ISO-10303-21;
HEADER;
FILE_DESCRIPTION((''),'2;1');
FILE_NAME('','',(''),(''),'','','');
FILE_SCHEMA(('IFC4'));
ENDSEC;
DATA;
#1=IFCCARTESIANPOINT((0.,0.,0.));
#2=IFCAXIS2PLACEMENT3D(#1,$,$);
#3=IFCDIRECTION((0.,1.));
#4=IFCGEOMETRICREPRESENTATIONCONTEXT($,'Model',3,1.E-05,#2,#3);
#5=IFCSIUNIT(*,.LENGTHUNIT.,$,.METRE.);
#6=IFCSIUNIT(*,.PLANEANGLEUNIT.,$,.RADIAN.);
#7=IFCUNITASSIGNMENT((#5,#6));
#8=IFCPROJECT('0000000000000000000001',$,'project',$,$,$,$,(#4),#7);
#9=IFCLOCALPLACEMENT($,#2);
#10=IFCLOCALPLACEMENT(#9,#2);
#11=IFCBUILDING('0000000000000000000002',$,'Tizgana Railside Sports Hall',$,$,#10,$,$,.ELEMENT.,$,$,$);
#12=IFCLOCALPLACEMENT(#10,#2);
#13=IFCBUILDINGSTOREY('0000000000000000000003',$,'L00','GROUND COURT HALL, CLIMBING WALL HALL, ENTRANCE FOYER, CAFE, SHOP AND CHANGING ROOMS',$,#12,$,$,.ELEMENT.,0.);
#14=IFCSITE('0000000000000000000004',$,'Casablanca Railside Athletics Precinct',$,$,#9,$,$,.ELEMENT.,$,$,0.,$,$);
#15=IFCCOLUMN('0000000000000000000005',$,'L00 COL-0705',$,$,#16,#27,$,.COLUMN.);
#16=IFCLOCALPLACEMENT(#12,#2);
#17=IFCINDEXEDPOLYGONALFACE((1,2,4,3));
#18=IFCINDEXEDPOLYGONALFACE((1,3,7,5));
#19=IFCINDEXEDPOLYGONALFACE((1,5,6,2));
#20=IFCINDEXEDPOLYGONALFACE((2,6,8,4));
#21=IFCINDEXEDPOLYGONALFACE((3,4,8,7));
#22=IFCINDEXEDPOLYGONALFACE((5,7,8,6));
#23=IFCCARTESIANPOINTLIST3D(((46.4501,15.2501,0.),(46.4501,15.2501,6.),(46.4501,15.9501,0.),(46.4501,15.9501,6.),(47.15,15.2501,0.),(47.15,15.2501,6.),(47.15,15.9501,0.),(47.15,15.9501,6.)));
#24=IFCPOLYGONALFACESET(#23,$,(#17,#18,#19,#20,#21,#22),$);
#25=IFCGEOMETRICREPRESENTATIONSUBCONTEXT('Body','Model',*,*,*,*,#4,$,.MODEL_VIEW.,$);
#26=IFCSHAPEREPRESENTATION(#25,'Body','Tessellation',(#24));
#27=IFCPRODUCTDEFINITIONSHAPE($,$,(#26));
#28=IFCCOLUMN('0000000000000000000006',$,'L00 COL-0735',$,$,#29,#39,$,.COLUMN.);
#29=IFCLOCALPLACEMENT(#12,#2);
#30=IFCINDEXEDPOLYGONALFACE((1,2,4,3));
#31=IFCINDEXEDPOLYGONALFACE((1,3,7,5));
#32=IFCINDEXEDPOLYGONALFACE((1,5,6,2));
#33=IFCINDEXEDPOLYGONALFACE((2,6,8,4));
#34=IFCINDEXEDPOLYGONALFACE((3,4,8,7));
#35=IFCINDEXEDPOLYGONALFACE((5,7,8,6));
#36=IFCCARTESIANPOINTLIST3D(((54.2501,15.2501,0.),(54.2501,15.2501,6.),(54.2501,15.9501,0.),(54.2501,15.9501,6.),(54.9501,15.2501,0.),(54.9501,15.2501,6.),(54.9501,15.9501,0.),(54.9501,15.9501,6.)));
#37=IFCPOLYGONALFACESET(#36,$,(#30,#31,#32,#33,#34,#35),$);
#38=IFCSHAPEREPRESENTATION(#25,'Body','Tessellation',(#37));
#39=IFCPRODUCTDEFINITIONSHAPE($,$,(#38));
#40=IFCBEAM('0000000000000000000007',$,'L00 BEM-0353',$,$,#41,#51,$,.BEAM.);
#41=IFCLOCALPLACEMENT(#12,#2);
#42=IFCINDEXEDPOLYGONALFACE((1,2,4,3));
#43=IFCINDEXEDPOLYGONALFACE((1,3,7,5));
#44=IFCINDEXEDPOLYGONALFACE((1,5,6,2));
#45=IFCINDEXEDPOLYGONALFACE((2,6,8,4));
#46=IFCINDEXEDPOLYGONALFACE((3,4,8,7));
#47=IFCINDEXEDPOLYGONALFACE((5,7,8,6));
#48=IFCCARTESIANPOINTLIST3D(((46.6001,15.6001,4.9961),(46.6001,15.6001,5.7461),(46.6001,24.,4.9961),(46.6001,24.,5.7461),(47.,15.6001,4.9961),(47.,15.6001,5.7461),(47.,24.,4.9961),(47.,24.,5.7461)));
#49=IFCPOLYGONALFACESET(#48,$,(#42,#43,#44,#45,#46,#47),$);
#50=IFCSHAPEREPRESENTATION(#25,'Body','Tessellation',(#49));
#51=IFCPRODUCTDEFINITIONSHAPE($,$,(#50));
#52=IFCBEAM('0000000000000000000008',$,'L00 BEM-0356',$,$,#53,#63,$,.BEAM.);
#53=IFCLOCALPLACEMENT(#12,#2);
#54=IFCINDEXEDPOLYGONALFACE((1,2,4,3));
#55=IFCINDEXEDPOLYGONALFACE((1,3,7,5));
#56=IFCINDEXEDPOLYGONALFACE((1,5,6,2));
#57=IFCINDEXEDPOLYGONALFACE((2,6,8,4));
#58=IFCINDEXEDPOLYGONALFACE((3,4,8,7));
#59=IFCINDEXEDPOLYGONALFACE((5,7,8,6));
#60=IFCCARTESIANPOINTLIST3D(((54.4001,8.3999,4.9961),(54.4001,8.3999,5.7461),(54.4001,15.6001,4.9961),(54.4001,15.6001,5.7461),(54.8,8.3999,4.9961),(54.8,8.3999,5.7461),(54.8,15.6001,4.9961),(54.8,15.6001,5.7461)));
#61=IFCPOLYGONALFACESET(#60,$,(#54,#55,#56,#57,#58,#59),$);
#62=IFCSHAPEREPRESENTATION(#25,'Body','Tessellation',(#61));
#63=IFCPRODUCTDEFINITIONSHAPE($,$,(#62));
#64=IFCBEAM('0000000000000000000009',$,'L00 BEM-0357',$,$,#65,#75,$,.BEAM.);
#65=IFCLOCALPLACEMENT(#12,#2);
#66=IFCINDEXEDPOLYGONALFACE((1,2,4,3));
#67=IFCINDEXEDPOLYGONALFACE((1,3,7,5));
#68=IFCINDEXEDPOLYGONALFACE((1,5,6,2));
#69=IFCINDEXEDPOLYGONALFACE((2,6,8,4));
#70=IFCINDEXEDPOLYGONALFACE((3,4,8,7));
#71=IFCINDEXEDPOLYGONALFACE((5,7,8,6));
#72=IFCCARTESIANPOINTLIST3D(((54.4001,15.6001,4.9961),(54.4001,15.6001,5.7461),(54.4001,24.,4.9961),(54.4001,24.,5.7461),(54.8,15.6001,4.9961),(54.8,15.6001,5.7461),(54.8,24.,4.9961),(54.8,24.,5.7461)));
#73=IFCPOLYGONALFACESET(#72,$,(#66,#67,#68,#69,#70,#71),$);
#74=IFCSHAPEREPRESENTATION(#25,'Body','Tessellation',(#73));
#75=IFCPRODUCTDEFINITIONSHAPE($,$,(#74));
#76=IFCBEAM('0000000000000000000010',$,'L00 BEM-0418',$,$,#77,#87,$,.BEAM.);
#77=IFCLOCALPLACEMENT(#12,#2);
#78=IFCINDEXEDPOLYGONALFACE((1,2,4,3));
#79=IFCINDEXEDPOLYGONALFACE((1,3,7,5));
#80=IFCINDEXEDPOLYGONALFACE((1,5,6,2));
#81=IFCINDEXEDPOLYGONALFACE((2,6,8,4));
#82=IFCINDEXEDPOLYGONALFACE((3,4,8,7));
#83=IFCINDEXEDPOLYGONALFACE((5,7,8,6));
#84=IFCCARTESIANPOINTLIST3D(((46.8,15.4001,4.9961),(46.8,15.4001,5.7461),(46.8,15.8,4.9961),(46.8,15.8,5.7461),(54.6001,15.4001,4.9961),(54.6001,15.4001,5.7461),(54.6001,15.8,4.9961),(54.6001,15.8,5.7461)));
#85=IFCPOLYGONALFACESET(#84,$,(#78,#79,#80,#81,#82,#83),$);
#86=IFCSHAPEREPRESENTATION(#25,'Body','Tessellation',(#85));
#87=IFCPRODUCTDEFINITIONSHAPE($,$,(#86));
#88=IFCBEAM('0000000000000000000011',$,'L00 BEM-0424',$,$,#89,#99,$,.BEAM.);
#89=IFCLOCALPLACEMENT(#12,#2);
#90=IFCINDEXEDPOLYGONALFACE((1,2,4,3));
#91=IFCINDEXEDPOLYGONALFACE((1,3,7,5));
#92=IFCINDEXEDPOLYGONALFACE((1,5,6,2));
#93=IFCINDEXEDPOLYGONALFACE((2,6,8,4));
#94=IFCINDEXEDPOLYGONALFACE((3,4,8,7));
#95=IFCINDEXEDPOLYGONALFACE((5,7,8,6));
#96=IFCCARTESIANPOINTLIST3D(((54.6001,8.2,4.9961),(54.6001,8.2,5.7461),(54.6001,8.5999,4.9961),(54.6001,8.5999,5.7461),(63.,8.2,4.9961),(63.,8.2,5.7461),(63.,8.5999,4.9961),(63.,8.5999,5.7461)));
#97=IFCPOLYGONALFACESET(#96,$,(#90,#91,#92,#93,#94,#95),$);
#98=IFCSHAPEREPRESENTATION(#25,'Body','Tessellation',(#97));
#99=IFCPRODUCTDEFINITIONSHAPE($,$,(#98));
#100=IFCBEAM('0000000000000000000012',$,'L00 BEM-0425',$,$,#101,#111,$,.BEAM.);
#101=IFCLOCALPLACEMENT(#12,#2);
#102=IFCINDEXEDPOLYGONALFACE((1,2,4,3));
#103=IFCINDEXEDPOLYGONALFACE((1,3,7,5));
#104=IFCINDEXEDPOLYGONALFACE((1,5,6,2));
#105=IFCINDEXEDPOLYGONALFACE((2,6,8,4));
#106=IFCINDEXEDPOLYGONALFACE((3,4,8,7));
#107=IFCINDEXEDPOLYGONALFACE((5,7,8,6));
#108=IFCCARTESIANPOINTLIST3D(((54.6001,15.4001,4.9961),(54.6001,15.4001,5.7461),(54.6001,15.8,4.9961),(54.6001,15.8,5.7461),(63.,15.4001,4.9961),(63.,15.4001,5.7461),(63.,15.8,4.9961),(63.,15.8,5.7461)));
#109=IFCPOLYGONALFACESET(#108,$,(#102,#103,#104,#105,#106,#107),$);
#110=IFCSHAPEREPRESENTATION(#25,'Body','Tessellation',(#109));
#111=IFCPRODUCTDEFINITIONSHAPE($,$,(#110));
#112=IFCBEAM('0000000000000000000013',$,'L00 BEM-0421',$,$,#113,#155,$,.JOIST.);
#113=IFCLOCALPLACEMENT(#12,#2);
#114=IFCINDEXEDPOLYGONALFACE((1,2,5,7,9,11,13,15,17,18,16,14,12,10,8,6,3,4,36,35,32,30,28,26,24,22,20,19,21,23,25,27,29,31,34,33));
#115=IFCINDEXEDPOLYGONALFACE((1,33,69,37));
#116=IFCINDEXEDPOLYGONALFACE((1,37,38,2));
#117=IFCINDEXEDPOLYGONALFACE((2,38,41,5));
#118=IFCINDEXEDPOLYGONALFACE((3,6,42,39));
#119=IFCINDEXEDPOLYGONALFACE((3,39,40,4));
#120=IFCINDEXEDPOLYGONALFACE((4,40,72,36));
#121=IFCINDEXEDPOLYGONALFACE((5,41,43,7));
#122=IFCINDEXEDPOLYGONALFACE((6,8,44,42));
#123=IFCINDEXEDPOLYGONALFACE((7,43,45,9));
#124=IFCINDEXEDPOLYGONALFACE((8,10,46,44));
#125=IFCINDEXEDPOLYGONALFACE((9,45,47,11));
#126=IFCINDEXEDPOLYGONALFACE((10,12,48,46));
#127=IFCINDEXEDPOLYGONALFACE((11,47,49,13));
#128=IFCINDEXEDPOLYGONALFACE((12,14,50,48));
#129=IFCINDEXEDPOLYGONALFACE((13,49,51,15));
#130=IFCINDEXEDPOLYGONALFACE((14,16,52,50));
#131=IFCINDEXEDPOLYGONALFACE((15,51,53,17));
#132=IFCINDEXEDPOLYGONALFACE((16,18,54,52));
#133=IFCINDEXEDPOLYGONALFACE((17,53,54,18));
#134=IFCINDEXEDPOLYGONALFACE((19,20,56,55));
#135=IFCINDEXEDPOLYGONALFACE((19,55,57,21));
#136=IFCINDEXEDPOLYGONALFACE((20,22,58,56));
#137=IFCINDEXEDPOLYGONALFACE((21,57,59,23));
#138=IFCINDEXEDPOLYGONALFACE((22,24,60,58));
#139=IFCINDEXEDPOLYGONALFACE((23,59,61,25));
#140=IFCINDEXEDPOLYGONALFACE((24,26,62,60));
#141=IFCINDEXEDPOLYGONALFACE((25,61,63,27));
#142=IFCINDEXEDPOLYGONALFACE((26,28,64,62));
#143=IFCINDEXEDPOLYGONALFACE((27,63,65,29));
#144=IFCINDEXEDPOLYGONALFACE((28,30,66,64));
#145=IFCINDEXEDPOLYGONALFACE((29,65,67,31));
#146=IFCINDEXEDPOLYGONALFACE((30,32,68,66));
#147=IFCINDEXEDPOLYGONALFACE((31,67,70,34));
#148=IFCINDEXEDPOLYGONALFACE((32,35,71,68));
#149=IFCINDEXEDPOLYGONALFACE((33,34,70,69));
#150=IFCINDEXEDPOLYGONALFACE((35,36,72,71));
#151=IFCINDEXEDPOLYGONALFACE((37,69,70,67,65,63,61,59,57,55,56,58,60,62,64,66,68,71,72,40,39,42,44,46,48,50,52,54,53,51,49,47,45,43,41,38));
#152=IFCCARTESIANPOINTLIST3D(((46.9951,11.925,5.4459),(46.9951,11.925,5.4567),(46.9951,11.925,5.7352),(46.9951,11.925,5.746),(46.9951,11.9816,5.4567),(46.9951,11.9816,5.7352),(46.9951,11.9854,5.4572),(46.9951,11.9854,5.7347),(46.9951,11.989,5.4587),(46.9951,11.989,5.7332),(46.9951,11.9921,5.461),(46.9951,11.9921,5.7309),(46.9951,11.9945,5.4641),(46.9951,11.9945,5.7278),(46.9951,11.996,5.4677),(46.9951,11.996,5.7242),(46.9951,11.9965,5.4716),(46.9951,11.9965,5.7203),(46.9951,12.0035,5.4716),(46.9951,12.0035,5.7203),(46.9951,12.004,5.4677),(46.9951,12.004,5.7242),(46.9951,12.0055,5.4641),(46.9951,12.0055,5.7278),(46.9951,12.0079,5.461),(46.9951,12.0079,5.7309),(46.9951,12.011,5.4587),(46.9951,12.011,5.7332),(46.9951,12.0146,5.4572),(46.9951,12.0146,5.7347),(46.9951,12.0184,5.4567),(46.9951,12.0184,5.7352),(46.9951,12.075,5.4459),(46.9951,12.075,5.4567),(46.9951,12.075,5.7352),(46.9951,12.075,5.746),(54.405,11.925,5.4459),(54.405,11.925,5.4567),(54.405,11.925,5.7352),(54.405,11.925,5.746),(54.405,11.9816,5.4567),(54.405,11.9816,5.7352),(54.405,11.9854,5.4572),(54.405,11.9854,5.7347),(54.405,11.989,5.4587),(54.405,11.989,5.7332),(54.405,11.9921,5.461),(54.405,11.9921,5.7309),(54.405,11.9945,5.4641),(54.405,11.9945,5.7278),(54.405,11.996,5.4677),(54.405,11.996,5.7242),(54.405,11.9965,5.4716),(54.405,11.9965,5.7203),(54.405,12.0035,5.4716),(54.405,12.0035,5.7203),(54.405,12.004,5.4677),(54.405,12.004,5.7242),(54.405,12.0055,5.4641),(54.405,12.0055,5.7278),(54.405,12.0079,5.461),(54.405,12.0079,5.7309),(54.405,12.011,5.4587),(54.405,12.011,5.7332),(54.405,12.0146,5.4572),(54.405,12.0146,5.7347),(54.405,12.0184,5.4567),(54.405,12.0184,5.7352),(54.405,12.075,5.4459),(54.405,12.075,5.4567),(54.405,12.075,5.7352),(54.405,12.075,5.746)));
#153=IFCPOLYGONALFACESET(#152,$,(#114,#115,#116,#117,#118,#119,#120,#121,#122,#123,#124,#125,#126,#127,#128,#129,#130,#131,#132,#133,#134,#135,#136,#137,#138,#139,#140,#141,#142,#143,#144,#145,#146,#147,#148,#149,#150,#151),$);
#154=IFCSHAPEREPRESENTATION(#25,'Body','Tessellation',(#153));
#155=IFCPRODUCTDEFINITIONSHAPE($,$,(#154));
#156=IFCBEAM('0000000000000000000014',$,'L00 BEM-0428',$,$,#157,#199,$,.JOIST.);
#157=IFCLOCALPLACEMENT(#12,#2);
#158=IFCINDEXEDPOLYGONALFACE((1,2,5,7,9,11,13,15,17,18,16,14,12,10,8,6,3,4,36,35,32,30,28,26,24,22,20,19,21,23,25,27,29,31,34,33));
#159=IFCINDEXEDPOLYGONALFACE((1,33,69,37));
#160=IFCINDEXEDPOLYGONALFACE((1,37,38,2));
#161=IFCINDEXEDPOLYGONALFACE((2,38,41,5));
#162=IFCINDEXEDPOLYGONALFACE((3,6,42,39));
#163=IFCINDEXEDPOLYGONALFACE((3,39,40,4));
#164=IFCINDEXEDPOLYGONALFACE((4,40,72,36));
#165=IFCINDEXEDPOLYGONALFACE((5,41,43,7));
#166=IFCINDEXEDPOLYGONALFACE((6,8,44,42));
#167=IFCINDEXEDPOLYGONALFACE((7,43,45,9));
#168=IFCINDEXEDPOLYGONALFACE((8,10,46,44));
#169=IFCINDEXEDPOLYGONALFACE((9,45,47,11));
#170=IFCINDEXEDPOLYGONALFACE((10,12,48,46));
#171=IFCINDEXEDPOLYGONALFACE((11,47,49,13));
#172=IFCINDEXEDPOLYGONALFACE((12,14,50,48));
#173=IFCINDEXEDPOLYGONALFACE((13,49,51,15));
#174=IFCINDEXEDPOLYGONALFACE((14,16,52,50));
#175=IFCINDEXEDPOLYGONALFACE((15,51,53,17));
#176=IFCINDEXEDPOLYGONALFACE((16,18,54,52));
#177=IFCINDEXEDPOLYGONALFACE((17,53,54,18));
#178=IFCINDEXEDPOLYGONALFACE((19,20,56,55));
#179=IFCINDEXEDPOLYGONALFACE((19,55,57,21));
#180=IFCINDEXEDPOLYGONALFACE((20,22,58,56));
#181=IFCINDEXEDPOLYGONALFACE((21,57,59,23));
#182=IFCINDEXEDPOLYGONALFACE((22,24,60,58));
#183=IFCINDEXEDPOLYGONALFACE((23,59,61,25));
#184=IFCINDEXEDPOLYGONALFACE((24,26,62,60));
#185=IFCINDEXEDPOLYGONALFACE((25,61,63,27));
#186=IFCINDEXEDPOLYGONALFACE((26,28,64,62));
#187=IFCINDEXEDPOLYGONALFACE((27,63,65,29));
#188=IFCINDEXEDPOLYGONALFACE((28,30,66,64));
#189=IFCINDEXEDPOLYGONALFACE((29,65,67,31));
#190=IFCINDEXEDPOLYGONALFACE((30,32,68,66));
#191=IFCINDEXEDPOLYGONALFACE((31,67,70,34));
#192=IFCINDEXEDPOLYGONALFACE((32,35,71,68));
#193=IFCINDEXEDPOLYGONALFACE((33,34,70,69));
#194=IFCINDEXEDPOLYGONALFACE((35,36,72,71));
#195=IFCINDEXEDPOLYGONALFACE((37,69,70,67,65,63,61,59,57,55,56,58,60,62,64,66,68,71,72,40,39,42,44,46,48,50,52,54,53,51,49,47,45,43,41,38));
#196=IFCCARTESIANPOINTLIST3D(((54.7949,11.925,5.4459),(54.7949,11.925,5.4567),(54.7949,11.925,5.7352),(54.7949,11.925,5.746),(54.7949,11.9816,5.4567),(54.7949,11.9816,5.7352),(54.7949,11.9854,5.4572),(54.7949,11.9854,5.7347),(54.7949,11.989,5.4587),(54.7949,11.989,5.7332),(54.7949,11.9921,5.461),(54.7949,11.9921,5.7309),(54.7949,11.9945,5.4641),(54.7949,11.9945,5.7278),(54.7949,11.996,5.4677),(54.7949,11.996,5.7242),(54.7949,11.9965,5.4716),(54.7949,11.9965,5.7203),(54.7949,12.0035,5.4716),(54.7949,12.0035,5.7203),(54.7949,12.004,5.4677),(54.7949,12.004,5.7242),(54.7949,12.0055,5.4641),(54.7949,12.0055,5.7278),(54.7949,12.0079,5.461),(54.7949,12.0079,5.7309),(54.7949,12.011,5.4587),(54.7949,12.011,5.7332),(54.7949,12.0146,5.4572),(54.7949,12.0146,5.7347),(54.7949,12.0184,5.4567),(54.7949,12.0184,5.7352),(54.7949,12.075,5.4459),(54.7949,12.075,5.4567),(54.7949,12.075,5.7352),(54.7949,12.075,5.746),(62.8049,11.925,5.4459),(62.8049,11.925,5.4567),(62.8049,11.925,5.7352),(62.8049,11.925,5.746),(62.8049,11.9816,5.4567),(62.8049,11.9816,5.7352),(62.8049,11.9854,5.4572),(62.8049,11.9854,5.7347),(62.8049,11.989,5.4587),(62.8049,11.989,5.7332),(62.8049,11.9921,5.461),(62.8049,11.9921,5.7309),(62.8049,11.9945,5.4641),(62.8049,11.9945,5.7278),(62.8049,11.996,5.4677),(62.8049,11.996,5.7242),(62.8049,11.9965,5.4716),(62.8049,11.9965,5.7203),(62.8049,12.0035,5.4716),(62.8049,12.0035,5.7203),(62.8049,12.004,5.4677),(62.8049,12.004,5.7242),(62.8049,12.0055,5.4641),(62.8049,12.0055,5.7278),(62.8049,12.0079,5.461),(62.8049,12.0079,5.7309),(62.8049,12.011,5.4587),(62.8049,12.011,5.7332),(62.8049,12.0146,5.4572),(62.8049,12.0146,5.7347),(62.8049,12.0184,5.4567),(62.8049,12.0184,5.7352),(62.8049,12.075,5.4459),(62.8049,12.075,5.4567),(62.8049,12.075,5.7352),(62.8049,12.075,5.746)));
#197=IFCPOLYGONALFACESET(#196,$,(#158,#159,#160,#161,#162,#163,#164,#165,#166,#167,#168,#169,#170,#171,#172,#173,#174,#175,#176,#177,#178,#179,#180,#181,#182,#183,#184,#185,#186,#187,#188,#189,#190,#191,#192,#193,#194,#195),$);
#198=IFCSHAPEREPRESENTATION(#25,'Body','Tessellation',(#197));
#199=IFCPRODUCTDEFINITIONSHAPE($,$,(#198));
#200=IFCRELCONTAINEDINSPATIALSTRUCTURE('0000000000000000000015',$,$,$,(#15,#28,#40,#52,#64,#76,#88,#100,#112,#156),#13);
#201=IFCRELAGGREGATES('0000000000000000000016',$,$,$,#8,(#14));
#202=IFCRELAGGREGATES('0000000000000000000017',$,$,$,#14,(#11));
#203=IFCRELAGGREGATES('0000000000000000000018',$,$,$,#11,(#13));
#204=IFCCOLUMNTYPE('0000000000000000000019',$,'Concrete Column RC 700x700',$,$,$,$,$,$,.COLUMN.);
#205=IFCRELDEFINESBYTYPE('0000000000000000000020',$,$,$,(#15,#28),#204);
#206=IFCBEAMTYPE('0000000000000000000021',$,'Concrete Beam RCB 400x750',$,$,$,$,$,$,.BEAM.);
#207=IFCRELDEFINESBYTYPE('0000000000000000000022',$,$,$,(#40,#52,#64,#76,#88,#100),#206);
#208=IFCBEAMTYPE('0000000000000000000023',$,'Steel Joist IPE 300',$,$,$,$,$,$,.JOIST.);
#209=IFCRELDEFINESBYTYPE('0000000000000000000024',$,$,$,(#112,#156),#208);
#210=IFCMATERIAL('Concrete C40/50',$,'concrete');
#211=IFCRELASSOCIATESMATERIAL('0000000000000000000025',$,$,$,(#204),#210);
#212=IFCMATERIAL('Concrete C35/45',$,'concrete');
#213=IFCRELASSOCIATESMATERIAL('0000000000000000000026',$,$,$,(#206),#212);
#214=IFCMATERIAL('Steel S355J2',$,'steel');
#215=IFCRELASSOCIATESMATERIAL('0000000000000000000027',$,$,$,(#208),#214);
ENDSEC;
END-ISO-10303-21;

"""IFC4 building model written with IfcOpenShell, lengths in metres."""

from ifc_helpers import new_model, si_unit, direction, frame, origin, origin_2d, place, context, subcontext, project, spatial, rectangle, i_section, extrude, material, material_profile, profile_set, type_object, element, save


model = new_model("IFC4")

# Units and contexts
model_context = context("Model", 3, precision=1e-05, world=origin(), true_north=direction((0.0, 1.0)))
body_context = subcontext(model_context, "Body", "Model", "MODEL_VIEW")
ifc_project = project(units=[si_unit("LENGTHUNIT", "METRE"), si_unit("PLANEANGLEUNIT", "RADIAN")], contexts=[model_context])

# Site, building, storey
site_placement = place(None, origin())
site = spatial("IfcSite", under=ifc_project, at=site_placement, Name="Casablanca Railside Athletics Precinct", CompositionType="ELEMENT", RefElevation=0.0)
building_placement = place(site_placement, origin())
building = spatial("IfcBuilding", under=site, at=building_placement, Name="Tizgana Railside Sports Hall", CompositionType="ELEMENT")
storey_placement = place(building_placement, origin())
storey = spatial("IfcBuildingStorey", under=building, at=storey_placement, Name="L00", Description="GROUND COURT HALL, CLIMBING WALL HALL, ENTRANCE FOYER, CAFE, SHOP AND CHANGING ROOMS", CompositionType="ELEMENT", Elevation=0.0)

# Columns
ifc_material_1 = material(Name="Concrete C40/50", Category="concrete")
ifc_material_profile_1 = material_profile(ifc_material_1, rectangle(XDim=0.7, YDim=0.7, at=origin_2d()), Name="RC 700x700")
ifc_profile_set_1 = profile_set([ifc_material_profile_1], Name="Concrete C40/50")
column_type = type_object("IfcColumnType", Name="Concrete Column RC 700x700", PredefinedType="COLUMN", material=ifc_profile_set_1)
for number, where, z_axis, x_axis, name in (
    (1, (46.8, 15.6001, 0.0), (0.0, 0.0, 1.0), (1.0, 0.0, 0.0), "L00 COL-0705"),
    (2, (54.6001, 15.6001, 0.0), (0.0, 0.0, 1.0), (1.0, 0.0, 0.0), "L00 COL-0735"),
):
    element("IfcColumn", number, at=place(storey_placement, frame(where, z_axis=z_axis, x_axis=x_axis)), inside=storey, type_object=column_type, Name=name, PredefinedType="COLUMN", context=body_context, shape_type="SweptSolid", body=[
        extrude(rectangle(XDim=0.7, YDim=0.7, at=origin_2d()), origin(), (0.0, 0.0, 1.0), 6.0),
    ])

# Beams
ifc_material_2 = material(Name="Concrete C35/45", Category="concrete")
ifc_material_profile_2 = material_profile(ifc_material_2, rectangle(XDim=0.3999, YDim=0.75, at=origin_2d()), Name="RCB 400x750")
ifc_profile_set_2 = profile_set([ifc_material_profile_2], Name="Concrete C35/45")
beam_type_1 = type_object("IfcBeamType", Name="Concrete Beam RCB 400x750", PredefinedType="BEAM", material=ifc_profile_set_2)
beam_1_placement = place(storey_placement, frame((46.8, 15.6001, 5.3711), z_axis=(0.0, 1.0, 0.0), x_axis=(-1.0, 0.0, 0.0)))
element("IfcBeam", 3, at=beam_1_placement, inside=storey, type_object=beam_type_1, Name="L00 BEM-0353", PredefinedType="BEAM", context=body_context, shape_type="SweptSolid", body=[
    extrude(rectangle(XDim=0.3999, YDim=0.75, at=origin_2d()), origin(), (0.0, 0.0, 1.0), 8.3999),
])
beam_2_placement = place(storey_placement, frame((54.6001, 8.3999, 5.3711), z_axis=(0.0, 1.0, 0.0), x_axis=(-1.0, 0.0, 0.0)))
element("IfcBeam", 4, at=beam_2_placement, inside=storey, type_object=beam_type_1, Name="L00 BEM-0356", PredefinedType="BEAM", context=body_context, shape_type="SweptSolid", body=[
    extrude(rectangle(XDim=0.3999, YDim=0.75, at=origin_2d()), origin(), (0.0, 0.0, 1.0), 7.2002),
])
beam_3_placement = place(storey_placement, frame((54.6001, 15.6001, 5.3711), z_axis=(0.0, 1.0, 0.0), x_axis=(-1.0, 0.0, 0.0)))
element("IfcBeam", 5, at=beam_3_placement, inside=storey, type_object=beam_type_1, Name="L00 BEM-0357", PredefinedType="BEAM", context=body_context, shape_type="SweptSolid", body=[
    extrude(rectangle(XDim=0.3999, YDim=0.75, at=origin_2d()), origin(), (0.0, 0.0, 1.0), 8.3999),
])
beam_4_placement = place(storey_placement, frame((46.8, 15.6001, 5.3711), z_axis=(1.0, 0.0, 0.0), x_axis=(0.0, 1.0, 0.0)))
element("IfcBeam", 6, at=beam_4_placement, inside=storey, type_object=beam_type_1, Name="L00 BEM-0418", PredefinedType="BEAM", context=body_context, shape_type="SweptSolid", body=[
    extrude(rectangle(XDim=0.3999, YDim=0.75, at=origin_2d()), origin(), (0.0, 0.0, 1.0), 7.8),
])
for number, where, z_axis, x_axis, name in (
    (7, (54.6001, 8.3999, 5.3711), (1.0, 0.0, 0.0), (0.0, 1.0, 0.0), "L00 BEM-0424"),
    (8, (54.6001, 15.6001, 5.3711), (1.0, 0.0, 0.0), (0.0, 1.0, 0.0), "L00 BEM-0425"),
):
    element("IfcBeam", number, at=place(storey_placement, frame(where, z_axis=z_axis, x_axis=x_axis)), inside=storey, type_object=beam_type_1, Name=name, PredefinedType="BEAM", context=body_context, shape_type="SweptSolid", body=[
        extrude(rectangle(XDim=0.3999, YDim=0.75, at=origin_2d()), origin(), (0.0, 0.0, 1.0), 8.3999),
    ])
ifc_material_3 = material(Name="Steel S355J2", Category="steel")
ifc_material_profile_3 = material_profile(ifc_material_3, i_section(OverallWidth=0.1499, OverallDepth=0.3, WebThickness=0.0071, FlangeThickness=0.0107, FilletRadius=0.0149, at=origin_2d()), Name="IPE 300")
ifc_profile_set_3 = profile_set([ifc_material_profile_3], Name="Steel S355J2")
beam_type_2 = type_object("IfcBeamType", Name="Steel Joist IPE 300", PredefinedType="JOIST", material=ifc_profile_set_3)
beam_5_placement = place(storey_placement, frame((46.9951, 12.0, 5.5959), z_axis=(1.0, 0.0, 0.0), x_axis=(0.0, 1.0, 0.0)))
element("IfcBeam", 9, at=beam_5_placement, inside=storey, type_object=beam_type_2, Name="L00 BEM-0421", PredefinedType="JOIST", context=body_context, shape_type="SweptSolid", body=[
    extrude(i_section(OverallWidth=0.1499, OverallDepth=0.3, WebThickness=0.0071, FlangeThickness=0.0107, FilletRadius=0.0149, at=origin_2d()), origin(), (0.0, 0.0, 1.0), 7.4099),
])
beam_6_placement = place(storey_placement, frame((54.7949, 12.0, 5.5959), z_axis=(1.0, 0.0, 0.0), x_axis=(0.0, 1.0, 0.0)))
element("IfcBeam", 10, at=beam_6_placement, inside=storey, type_object=beam_type_2, Name="L00 BEM-0428", PredefinedType="JOIST", context=body_context, shape_type="SweptSolid", body=[
    extrude(i_section(OverallWidth=0.1499, OverallDepth=0.3, WebThickness=0.0071, FlangeThickness=0.0107, FilletRadius=0.0149, at=origin_2d()), origin(), (0.0, 0.0, 1.0), 8.01),
])

save(model, "model.ifc")
